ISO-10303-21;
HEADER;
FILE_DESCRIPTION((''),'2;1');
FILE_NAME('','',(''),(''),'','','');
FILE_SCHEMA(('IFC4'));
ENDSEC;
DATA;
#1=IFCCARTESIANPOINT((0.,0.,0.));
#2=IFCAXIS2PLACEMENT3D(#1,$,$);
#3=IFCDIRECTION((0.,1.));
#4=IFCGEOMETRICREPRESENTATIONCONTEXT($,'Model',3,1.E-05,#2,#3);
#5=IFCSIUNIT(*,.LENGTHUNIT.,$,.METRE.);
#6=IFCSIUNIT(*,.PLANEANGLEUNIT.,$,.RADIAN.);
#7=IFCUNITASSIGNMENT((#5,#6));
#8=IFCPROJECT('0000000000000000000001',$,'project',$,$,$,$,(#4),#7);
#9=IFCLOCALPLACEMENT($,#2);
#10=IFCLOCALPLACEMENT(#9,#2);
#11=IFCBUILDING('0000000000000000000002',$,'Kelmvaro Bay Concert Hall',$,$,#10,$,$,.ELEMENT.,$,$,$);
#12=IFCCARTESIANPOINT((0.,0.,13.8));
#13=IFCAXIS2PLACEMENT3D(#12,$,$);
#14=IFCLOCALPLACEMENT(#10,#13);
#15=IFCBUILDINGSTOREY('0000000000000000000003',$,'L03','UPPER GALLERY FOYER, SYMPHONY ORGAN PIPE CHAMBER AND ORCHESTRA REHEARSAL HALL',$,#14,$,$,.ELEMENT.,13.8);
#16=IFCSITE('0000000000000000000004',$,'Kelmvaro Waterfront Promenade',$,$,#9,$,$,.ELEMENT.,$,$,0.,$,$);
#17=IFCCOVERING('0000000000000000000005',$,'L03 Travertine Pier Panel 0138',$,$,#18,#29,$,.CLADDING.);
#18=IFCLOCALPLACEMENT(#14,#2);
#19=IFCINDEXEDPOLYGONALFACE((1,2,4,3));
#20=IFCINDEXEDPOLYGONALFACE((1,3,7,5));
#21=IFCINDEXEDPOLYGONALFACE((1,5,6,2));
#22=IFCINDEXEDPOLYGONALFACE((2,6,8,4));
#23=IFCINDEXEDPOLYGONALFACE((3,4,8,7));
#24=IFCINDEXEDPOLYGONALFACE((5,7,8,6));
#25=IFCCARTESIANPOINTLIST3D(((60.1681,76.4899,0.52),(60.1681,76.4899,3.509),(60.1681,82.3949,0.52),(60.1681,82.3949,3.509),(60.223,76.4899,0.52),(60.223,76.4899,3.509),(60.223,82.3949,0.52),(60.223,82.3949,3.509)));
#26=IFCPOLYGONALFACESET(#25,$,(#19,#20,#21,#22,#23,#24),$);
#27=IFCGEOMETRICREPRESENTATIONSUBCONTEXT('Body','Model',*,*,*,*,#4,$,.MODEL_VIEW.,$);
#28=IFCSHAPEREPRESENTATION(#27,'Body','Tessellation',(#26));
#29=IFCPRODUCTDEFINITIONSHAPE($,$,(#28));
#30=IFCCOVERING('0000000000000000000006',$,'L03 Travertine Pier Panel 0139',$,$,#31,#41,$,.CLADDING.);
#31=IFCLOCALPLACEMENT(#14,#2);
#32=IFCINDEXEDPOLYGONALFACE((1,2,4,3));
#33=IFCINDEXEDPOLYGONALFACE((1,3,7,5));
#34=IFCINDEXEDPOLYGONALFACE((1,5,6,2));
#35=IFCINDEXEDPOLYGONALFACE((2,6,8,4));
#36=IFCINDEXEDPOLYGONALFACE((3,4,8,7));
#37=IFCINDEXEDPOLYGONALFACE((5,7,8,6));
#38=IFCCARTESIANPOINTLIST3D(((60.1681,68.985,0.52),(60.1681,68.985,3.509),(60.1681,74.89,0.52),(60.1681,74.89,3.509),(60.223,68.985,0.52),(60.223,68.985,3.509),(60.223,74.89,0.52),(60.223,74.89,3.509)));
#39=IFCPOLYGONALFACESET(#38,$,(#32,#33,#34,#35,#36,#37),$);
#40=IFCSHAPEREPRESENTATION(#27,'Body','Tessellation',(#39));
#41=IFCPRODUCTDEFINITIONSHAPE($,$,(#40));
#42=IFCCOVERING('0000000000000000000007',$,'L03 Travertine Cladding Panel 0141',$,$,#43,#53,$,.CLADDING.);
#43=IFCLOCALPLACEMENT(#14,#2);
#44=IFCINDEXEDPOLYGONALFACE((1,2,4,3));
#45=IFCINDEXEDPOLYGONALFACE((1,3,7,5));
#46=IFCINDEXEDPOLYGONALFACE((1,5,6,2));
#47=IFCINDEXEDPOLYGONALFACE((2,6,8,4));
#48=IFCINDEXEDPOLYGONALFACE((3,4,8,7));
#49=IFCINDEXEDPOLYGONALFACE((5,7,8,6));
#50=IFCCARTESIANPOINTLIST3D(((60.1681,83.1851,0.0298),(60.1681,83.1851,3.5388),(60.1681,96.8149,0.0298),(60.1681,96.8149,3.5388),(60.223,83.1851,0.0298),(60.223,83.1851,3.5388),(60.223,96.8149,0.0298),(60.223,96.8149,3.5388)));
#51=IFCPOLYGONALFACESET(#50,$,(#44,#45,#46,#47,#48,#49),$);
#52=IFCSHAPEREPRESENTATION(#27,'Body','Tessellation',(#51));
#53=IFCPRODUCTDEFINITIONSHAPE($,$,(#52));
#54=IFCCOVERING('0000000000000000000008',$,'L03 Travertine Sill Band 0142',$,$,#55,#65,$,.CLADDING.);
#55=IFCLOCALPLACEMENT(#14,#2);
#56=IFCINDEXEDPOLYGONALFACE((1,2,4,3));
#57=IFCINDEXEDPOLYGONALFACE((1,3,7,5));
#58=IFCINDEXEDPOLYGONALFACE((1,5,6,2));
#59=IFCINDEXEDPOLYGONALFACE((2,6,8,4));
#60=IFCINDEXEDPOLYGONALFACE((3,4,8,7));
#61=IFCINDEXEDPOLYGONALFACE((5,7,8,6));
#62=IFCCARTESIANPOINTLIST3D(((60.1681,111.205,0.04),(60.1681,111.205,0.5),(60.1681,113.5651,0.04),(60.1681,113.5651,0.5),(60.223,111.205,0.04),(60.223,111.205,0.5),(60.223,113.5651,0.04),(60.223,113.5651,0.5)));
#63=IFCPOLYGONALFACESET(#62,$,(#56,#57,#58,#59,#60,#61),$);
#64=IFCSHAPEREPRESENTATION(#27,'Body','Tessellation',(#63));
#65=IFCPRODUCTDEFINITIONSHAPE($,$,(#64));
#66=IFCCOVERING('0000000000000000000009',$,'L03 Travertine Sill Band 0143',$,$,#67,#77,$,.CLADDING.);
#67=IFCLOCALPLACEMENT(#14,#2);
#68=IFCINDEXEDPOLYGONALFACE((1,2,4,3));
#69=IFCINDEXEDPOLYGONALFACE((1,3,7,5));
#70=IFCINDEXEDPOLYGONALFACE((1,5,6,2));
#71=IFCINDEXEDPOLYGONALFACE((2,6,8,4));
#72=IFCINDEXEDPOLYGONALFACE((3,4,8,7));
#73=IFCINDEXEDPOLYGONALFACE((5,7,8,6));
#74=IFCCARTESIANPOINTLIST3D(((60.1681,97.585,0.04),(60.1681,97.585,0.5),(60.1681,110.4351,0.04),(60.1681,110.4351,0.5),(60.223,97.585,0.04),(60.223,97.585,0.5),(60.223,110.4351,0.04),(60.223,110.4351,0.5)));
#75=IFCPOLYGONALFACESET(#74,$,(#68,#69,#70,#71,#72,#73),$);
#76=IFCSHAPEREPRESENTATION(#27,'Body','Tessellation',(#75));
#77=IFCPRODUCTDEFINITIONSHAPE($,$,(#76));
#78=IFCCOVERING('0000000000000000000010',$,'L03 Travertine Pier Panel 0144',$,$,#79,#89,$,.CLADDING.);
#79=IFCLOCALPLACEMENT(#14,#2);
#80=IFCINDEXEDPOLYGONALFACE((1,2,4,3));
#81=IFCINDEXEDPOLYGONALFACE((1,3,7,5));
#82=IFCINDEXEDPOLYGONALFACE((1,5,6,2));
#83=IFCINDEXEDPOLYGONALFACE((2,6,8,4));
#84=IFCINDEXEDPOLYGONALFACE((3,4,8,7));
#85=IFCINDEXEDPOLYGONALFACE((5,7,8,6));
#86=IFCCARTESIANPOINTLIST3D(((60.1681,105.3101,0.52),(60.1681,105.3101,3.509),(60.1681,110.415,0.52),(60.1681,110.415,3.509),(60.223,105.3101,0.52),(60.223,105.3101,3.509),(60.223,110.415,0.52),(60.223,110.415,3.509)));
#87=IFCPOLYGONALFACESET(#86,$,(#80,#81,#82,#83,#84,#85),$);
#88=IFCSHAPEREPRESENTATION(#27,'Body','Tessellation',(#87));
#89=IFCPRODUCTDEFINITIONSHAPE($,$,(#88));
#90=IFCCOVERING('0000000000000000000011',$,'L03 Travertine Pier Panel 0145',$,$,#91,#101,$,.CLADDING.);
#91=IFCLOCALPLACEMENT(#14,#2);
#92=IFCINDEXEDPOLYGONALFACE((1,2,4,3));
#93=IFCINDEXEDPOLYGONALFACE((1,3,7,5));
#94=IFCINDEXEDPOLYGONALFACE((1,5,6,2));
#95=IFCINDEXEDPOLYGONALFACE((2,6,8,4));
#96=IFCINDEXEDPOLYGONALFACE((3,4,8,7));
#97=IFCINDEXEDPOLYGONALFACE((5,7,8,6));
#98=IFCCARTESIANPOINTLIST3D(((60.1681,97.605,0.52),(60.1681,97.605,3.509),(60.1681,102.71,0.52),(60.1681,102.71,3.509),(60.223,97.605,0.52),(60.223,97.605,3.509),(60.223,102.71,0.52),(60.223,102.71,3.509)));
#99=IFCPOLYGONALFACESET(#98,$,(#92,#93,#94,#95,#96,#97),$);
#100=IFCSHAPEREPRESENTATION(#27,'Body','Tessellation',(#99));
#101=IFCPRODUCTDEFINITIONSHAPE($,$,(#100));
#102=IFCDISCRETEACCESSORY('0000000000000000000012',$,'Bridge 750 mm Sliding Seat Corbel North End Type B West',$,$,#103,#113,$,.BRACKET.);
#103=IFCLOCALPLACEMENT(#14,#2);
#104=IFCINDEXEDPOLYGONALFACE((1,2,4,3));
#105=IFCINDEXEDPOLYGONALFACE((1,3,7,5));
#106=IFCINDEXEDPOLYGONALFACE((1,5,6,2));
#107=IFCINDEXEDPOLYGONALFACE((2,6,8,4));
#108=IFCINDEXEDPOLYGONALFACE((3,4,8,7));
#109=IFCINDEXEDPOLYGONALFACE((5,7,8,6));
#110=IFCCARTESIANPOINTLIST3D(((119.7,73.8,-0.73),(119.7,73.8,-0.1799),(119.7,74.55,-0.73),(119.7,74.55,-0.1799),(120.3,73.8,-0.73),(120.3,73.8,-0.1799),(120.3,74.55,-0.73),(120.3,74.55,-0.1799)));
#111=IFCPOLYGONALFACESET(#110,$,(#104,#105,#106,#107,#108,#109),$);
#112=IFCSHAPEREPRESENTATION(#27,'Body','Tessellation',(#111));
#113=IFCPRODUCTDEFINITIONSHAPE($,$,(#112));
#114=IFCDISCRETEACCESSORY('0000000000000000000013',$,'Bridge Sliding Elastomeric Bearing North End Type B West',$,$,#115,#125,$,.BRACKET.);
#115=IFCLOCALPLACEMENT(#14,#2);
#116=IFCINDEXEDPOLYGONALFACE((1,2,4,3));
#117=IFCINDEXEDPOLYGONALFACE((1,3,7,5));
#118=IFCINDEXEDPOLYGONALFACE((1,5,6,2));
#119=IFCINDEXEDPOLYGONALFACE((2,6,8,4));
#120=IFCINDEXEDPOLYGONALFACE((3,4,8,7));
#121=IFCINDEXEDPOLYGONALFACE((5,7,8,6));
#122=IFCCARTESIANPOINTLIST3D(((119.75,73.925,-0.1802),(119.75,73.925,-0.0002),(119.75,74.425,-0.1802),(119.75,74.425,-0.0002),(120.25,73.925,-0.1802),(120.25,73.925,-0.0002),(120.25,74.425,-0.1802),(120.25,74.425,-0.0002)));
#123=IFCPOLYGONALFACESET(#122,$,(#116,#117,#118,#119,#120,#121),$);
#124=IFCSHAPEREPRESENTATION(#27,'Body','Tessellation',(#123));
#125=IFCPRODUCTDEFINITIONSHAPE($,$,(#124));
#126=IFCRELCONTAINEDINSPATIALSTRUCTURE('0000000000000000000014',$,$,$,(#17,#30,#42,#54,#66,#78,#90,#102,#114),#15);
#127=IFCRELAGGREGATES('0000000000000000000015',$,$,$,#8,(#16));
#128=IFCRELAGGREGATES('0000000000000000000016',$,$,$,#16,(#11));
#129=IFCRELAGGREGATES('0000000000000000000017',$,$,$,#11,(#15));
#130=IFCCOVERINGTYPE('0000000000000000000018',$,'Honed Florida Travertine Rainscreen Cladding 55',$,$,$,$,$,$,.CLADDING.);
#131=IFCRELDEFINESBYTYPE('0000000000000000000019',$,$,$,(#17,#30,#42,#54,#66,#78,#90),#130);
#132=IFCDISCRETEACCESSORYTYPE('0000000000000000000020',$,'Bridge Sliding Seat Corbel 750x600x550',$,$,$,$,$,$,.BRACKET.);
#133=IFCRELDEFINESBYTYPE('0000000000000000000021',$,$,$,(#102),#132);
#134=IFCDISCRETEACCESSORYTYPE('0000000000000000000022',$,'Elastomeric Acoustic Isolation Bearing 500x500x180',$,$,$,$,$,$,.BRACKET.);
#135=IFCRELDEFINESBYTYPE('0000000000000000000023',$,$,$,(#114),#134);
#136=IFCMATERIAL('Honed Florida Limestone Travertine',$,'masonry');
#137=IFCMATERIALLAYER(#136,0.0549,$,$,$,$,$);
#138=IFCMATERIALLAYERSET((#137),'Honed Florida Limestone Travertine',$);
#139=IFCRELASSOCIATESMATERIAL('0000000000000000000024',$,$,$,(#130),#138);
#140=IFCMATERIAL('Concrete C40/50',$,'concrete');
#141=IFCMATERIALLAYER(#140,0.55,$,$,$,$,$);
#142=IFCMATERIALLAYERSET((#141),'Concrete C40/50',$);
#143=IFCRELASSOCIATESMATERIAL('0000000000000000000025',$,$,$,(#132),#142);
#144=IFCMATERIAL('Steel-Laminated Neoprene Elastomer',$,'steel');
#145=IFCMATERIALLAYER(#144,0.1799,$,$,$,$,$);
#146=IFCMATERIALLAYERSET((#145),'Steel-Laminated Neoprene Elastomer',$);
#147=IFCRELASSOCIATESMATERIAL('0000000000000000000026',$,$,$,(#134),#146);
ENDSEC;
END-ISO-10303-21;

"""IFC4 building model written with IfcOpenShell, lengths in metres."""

from ifc_helpers import new_model, si_unit, direction, frame, origin, origin_2d, place, context, subcontext, project, spatial, rectangle, extrude, material, layer, layer_set, type_object, element, save


model = new_model("IFC4")

# Units and contexts
model_context = context("Model", 3, precision=1e-05, world=origin(), true_north=direction((0.0, 1.0)))
body_context = subcontext(model_context, "Body", "Model", "MODEL_VIEW")
ifc_project = project(units=[si_unit("LENGTHUNIT", "METRE"), si_unit("PLANEANGLEUNIT", "RADIAN")], contexts=[model_context])

# Site, building, storey
site_placement = place(None, origin())
site = spatial("IfcSite", under=ifc_project, at=site_placement, Name="Kelmvaro Waterfront Promenade", CompositionType="ELEMENT", RefElevation=0.0)
building_placement = place(site_placement, origin())
building = spatial("IfcBuilding", under=site, at=building_placement, Name="Kelmvaro Bay Concert Hall", CompositionType="ELEMENT")
storey_placement = place(building_placement, frame((0.0, 0.0, 13.8)))
storey = spatial("IfcBuildingStorey", under=building, at=storey_placement, Name="L03", Description="UPPER GALLERY FOYER, SYMPHONY ORGAN PIPE CHAMBER AND ORCHESTRA REHEARSAL HALL", CompositionType="ELEMENT", Elevation=13.8)

# Coverings
ifc_material_1 = material(Name="Honed Florida Limestone Travertine", Category="masonry")
ifc_layer_1 = layer(ifc_material_1, 0.0549)
ifc_layer_set_1 = layer_set([ifc_layer_1], Name="Honed Florida Limestone Travertine")
covering_type_1 = type_object("IfcCoveringType", Name="Honed Florida Travertine Rainscreen Cladding 55", PredefinedType="CLADDING", material=ifc_layer_set_1)
for number, where, z_axis, x_axis, name in (
    (1, (60.1956, 79.4424, 0.52), (0.0, 0.0, 1.0), (0.0, -1.0, 0.0), "L03 Travertine Pier Panel 0138"),
    (2, (60.1956, 71.9375, 0.52), (0.0, 0.0, 1.0), (0.0, -1.0, 0.0), "L03 Travertine Pier Panel 0139"),
):
    element("IfcCovering", number, at=place(storey_placement, frame(where, z_axis=z_axis, x_axis=x_axis)), inside=storey, type_object=covering_type_1, Name=name, PredefinedType="CLADDING", context=body_context, shape_type="SweptSolid", body=[
        extrude(rectangle(XDim=5.905, YDim=0.0549, at=origin_2d()), origin(), (0.0, 0.0, 1.0), 2.989),
    ])
covering_1_placement = place(storey_placement, frame((60.1956, 90.0, 0.0298), z_axis=(0.0, 0.0, 1.0), x_axis=(0.0, -1.0, 0.0)))
element("IfcCovering", 3, at=covering_1_placement, inside=storey, type_object=covering_type_1, Name="L03 Travertine Cladding Panel 0141", PredefinedType="CLADDING", context=body_context, shape_type="SweptSolid", body=[
    extrude(rectangle(XDim=13.6299, YDim=0.0549, at=origin_2d()), origin(), (0.0, 0.0, 1.0), 3.509),
])
covering_2_placement = place(storey_placement, frame((60.1956, 112.385, 0.04), z_axis=(0.0, 0.0, 1.0), x_axis=(0.0, -1.0, 0.0)))
element("IfcCovering", 4, at=covering_2_placement, inside=storey, type_object=covering_type_1, Name="L03 Travertine Sill Band 0142", PredefinedType="CLADDING", context=body_context, shape_type="SweptSolid", body=[
    extrude(rectangle(XDim=2.3601, YDim=0.0549, at=origin_2d()), origin(), (0.0, 0.0, 1.0), 0.46),
])
covering_3_placement = place(storey_placement, frame((60.1956, 104.01, 0.04), z_axis=(0.0, 0.0, 1.0), x_axis=(0.0, -1.0, 0.0)))
element("IfcCovering", 5, at=covering_3_placement, inside=storey, type_object=covering_type_1, Name="L03 Travertine Sill Band 0143", PredefinedType="CLADDING", context=body_context, shape_type="SweptSolid", body=[
    extrude(rectangle(XDim=12.8501, YDim=0.0549, at=origin_2d()), origin(), (0.0, 0.0, 1.0), 0.46),
])
for number, where, z_axis, x_axis, name in (
    (6, (60.1956, 107.8625, 0.52), (0.0, 0.0, 1.0), (0.0, -1.0, 0.0), "L03 Travertine Pier Panel 0144"),
    (7, (60.1956, 100.1575, 0.52), (0.0, 0.0, 1.0), (0.0, -1.0, 0.0), "L03 Travertine Pier Panel 0145"),
):
    element("IfcCovering", number, at=place(storey_placement, frame(where, z_axis=z_axis, x_axis=x_axis)), inside=storey, type_object=covering_type_1, Name=name, PredefinedType="CLADDING", context=body_context, shape_type="SweptSolid", body=[
        extrude(rectangle(XDim=5.105, YDim=0.0549, at=origin_2d()), origin(), (0.0, 0.0, 1.0), 2.989),
    ])

# Discrete accessories
ifc_material_2 = material(Name="Concrete C40/50", Category="concrete")
ifc_layer_2 = layer(ifc_material_2, 0.55)
ifc_layer_set_2 = layer_set([ifc_layer_2], Name="Concrete C40/50")
discrete_accessory_type_1 = type_object("IfcDiscreteAccessoryType", Name="Bridge Sliding Seat Corbel 750x600x550", PredefinedType="BRACKET", material=ifc_layer_set_2)
discrete_accessory_1_placement = place(storey_placement, frame((120.0, 74.175, -0.73), z_axis=(0.0, 0.0, 1.0), x_axis=(1.0, 0.0, 0.0)))
element("IfcDiscreteAccessory", 8, at=discrete_accessory_1_placement, inside=storey, type_object=discrete_accessory_type_1, Name="Bridge 750 mm Sliding Seat Corbel North End Type B West", PredefinedType="BRACKET", context=body_context, shape_type="SweptSolid", body=[
    extrude(rectangle(XDim=0.6001, YDim=0.75, at=origin_2d()), origin(), (0.0, 0.0, 1.0), 0.55),
])
ifc_material_3 = material(Name="Steel-Laminated Neoprene Elastomer", Category="steel")
ifc_layer_3 = layer(ifc_material_3, 0.1799)
ifc_layer_set_3 = layer_set([ifc_layer_3], Name="Steel-Laminated Neoprene Elastomer")
discrete_accessory_type_2 = type_object("IfcDiscreteAccessoryType", Name="Elastomeric Acoustic Isolation Bearing 500x500x180", PredefinedType="BRACKET", material=ifc_layer_set_3)
discrete_accessory_2_placement = place(storey_placement, frame((120.0, 74.175, -0.1802), z_axis=(0.0, 0.0, 1.0), x_axis=(1.0, 0.0, 0.0)))
element("IfcDiscreteAccessory", 9, at=discrete_accessory_2_placement, inside=storey, type_object=discrete_accessory_type_2, Name="Bridge Sliding Elastomeric Bearing North End Type B West", PredefinedType="BRACKET", context=body_context, shape_type="SweptSolid", body=[
    extrude(rectangle(XDim=0.5, YDim=0.5, at=origin_2d()), origin(), (0.0, 0.0, 1.0), 0.1799),
])

save(model, "model.ifc")
